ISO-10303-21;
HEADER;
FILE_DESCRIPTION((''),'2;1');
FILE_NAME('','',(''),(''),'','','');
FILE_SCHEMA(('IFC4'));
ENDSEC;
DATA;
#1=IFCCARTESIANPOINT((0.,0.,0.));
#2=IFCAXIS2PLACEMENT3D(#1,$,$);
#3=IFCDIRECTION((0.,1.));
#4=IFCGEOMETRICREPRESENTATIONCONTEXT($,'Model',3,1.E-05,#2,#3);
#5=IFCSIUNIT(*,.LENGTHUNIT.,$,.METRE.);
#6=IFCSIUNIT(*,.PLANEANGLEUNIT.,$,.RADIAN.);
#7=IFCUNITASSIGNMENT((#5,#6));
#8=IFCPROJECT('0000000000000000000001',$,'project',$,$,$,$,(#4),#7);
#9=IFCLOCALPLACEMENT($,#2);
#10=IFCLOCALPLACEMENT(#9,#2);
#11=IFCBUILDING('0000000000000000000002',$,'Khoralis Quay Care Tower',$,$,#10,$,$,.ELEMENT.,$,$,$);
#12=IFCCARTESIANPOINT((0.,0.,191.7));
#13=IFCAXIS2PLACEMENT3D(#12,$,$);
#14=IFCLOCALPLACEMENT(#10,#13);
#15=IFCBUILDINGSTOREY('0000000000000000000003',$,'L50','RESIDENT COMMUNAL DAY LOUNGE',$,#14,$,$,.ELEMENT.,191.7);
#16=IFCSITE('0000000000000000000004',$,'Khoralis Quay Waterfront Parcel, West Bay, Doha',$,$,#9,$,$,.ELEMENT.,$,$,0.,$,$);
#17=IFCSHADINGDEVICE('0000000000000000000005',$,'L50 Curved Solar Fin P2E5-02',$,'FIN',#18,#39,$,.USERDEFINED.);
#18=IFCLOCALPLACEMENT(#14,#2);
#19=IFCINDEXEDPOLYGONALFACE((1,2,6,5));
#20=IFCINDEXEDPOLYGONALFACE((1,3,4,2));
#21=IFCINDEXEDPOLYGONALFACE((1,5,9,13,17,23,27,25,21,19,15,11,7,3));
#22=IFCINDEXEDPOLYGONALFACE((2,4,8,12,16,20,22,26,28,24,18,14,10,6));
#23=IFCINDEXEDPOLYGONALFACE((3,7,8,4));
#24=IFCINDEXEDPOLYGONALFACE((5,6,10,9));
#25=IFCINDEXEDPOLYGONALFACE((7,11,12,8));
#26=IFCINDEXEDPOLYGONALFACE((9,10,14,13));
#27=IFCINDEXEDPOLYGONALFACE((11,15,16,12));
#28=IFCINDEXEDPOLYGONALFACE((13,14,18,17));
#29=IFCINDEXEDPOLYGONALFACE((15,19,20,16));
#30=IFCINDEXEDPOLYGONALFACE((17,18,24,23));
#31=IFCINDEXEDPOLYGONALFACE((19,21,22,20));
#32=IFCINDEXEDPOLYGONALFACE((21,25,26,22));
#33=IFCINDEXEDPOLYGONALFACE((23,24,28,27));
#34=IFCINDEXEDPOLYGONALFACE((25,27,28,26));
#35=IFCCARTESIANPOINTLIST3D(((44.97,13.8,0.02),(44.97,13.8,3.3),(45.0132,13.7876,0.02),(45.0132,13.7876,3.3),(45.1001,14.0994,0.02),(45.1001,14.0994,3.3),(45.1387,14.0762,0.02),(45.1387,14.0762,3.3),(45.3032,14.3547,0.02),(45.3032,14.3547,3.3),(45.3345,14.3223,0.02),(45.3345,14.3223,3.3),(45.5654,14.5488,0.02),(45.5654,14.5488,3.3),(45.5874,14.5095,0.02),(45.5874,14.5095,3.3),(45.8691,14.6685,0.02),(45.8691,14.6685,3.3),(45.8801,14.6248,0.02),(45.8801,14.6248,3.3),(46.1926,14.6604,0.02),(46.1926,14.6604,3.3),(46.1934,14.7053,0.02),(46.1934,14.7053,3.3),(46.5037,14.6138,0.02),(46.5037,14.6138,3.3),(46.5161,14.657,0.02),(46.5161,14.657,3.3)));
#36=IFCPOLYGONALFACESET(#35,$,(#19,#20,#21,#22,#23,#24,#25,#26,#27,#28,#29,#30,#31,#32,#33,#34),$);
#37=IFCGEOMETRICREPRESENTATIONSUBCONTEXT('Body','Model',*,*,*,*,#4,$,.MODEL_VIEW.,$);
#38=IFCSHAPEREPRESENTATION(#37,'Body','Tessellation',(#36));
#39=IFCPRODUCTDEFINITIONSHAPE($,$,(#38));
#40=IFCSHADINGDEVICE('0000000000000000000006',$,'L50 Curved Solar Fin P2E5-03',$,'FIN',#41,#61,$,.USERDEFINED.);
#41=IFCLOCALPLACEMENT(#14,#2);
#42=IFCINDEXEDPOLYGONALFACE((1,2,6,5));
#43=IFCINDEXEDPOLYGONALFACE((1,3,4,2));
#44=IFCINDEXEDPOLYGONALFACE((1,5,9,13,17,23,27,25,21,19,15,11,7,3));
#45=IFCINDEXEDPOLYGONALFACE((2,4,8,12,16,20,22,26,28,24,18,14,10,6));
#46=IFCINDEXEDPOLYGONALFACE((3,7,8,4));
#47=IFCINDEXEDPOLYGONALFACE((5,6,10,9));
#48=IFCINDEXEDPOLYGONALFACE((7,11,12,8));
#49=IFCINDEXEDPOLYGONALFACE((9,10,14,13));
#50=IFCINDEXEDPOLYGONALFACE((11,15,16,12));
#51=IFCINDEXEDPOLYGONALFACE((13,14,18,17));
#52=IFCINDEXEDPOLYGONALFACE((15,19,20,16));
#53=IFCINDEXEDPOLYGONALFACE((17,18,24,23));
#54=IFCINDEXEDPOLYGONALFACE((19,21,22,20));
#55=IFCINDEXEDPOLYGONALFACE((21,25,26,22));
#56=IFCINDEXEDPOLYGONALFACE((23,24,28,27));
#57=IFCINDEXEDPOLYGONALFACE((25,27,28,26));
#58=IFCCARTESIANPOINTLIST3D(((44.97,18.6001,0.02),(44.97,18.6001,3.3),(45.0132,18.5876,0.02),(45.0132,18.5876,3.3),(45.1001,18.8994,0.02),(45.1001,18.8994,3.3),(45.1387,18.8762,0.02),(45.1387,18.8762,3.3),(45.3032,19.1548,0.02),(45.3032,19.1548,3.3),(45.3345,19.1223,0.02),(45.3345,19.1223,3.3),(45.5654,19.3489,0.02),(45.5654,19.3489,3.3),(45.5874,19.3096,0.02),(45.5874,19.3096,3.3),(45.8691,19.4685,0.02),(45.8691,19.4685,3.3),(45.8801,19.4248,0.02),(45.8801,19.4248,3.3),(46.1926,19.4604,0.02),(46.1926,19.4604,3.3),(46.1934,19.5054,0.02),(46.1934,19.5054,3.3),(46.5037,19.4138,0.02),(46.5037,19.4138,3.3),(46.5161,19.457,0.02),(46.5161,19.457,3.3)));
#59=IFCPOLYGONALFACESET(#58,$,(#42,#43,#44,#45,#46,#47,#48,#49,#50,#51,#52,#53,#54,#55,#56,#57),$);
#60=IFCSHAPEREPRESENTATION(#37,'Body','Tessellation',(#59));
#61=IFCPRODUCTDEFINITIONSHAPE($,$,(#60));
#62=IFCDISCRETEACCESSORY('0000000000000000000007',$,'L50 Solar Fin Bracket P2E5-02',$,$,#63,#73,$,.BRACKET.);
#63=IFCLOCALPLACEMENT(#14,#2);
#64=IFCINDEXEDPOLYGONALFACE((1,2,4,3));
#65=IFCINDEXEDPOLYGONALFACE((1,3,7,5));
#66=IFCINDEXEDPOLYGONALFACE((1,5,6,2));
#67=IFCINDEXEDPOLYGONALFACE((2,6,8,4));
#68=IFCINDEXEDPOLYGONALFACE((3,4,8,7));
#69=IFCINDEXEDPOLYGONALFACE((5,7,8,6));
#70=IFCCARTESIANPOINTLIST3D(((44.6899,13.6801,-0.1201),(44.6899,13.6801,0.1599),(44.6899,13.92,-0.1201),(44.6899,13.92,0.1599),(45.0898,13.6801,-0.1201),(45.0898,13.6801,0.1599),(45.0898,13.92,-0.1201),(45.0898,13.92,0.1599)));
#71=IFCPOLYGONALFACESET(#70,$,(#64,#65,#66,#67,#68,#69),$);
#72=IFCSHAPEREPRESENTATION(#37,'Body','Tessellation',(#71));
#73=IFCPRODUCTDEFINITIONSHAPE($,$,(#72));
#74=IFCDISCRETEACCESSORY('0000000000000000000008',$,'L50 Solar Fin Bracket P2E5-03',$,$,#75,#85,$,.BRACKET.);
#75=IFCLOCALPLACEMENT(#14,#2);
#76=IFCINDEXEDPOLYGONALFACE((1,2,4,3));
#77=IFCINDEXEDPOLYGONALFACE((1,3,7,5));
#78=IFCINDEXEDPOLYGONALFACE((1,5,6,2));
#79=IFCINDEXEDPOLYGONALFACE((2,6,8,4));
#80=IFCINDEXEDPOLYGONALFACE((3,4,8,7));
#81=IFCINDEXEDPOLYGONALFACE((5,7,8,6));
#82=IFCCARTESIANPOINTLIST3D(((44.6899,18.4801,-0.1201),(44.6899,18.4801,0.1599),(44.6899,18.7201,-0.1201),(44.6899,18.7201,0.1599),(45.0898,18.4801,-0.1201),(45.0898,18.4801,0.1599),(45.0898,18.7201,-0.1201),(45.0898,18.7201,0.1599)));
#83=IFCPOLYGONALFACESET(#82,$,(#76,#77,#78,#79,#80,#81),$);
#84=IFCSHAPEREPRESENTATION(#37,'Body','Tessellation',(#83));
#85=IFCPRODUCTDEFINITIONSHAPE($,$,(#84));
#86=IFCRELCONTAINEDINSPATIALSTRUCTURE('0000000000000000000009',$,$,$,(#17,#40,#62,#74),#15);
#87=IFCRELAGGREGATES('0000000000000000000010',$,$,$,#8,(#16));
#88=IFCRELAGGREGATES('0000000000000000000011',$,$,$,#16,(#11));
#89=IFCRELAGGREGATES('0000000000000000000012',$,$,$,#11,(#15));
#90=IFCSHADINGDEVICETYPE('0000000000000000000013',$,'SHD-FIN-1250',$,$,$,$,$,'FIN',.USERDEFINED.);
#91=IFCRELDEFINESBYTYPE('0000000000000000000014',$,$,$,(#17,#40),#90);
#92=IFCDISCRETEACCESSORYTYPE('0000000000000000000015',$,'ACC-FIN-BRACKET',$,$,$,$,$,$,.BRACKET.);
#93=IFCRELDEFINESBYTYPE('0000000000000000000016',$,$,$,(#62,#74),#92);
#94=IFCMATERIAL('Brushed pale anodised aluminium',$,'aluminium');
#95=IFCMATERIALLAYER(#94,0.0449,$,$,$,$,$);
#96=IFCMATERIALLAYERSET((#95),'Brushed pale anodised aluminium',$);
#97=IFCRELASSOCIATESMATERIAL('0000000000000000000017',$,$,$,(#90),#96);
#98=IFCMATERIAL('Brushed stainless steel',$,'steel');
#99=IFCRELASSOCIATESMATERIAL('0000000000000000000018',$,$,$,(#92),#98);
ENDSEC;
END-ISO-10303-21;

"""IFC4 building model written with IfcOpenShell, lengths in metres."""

from ifc_helpers import new_model, si_unit, direction, frame, origin, origin_2d, place, context, subcontext, project, spatial, polyline, rectangle, outline, extrude, source, transform, mapped, material, layer, layer_set, type_object, element, save


model = new_model("IFC4")

# Units and contexts
model_context = context("Model", 3, precision=1e-05, world=origin(), true_north=direction((0.0, 1.0)))
body_context = subcontext(model_context, "Body", "Model", "MODEL_VIEW")
ifc_project = project(units=[si_unit("LENGTHUNIT", "METRE"), si_unit("PLANEANGLEUNIT", "RADIAN")], contexts=[model_context])

# Site, building, storey
site_placement = place(None, origin())
site = spatial("IfcSite", under=ifc_project, at=site_placement, Name="Khoralis Quay Waterfront Parcel, West Bay, Doha", CompositionType="ELEMENT", RefElevation=0.0)
building_placement = place(site_placement, origin())
building = spatial("IfcBuilding", under=site, at=building_placement, Name="Khoralis Quay Care Tower", CompositionType="ELEMENT")
storey_placement = place(building_placement, frame((0.0, 0.0, 191.7)))
storey = spatial("IfcBuildingStorey", under=building, at=storey_placement, Name="L50", Description="RESIDENT COMMUNAL DAY LOUNGE", CompositionType="ELEMENT", Elevation=191.7)

# Shading devices
ifc_material_1 = material(Name="Brushed pale anodised aluminium", Category="aluminium")
ifc_layer_1 = layer(ifc_material_1, 0.0449)
ifc_layer_set_1 = layer_set([ifc_layer_1], Name="Brushed pale anodised aluminium")
shading_device_type = type_object("IfcShadingDeviceType", Name="SHD-FIN-1250", ElementType="FIN", PredefinedType="USERDEFINED", material=ifc_layer_set_1)
shared_shape_1 = source(origin(), body_context, "Body", "SweptSolid", [
    extrude(outline(polyline([(0.0, 0.0), (0.1301, 0.2993), (0.3333, 0.5547), (0.5955, 0.7488), (0.8992, 0.8684), (1.2234, 0.9053), (1.5461, 0.8569), (1.5337, 0.8137), (1.2227, 0.8604), (0.9102, 0.8247), (0.6174, 0.7095), (0.3645, 0.5222), (0.1687, 0.2761), (0.0432, -0.0125), (0.0, 0.0)])), origin(), (0.0, 0.0, 1.0), 3.28),
])
for number, where, z_axis, x_axis, name in (
    (1, (44.97, 13.8, 0.02), (0.0, 0.0, 1.0), (1.0, 0.0, 0.0), "L50 Curved Solar Fin P2E5-02"),
    (2, (44.97, 18.6001, 0.02), (0.0, 0.0, 1.0), (1.0, 0.0, 0.0), "L50 Curved Solar Fin P2E5-03"),
):
    element("IfcShadingDevice", number, at=place(storey_placement, frame(where, z_axis=z_axis, x_axis=x_axis)), inside=storey, type_object=shading_device_type, Name=name, ObjectType="FIN", PredefinedType="USERDEFINED", context=body_context, shape_type="MappedRepresentation", body=[
        mapped(shared_shape_1, transform((0.0, 0.0, 0.0), scale=1.0)),
    ])

# Discrete accessories
ifc_material_2 = material(Name="Brushed stainless steel", Category="steel")
discrete_accessory_type = type_object("IfcDiscreteAccessoryType", Name="ACC-FIN-BRACKET", PredefinedType="BRACKET", material=ifc_material_2)
shared_shape_2 = source(origin(), body_context, "Body", "SweptSolid", [
    extrude(rectangle(XDim=0.3999, YDim=0.24, at=origin_2d()), origin(), (0.0, 0.0, 1.0), 0.28),
])
for number, where, z_axis, x_axis, name in (
    (3, (44.8899, 13.8, -0.1201), (0.0, 0.0, 1.0), (1.0, 0.0, 0.0), "L50 Solar Fin Bracket P2E5-02"),
    (4, (44.8899, 18.6001, -0.1201), (0.0, 0.0, 1.0), (1.0, 0.0, 0.0), "L50 Solar Fin Bracket P2E5-03"),
):
    element("IfcDiscreteAccessory", number, at=place(storey_placement, frame(where, z_axis=z_axis, x_axis=x_axis)), inside=storey, type_object=discrete_accessory_type, Name=name, PredefinedType="BRACKET", context=body_context, shape_type="MappedRepresentation", body=[
        mapped(shared_shape_2, transform((0.0, 0.0, 0.0), scale=1.0)),
    ])

save(model, "model.ifc")
